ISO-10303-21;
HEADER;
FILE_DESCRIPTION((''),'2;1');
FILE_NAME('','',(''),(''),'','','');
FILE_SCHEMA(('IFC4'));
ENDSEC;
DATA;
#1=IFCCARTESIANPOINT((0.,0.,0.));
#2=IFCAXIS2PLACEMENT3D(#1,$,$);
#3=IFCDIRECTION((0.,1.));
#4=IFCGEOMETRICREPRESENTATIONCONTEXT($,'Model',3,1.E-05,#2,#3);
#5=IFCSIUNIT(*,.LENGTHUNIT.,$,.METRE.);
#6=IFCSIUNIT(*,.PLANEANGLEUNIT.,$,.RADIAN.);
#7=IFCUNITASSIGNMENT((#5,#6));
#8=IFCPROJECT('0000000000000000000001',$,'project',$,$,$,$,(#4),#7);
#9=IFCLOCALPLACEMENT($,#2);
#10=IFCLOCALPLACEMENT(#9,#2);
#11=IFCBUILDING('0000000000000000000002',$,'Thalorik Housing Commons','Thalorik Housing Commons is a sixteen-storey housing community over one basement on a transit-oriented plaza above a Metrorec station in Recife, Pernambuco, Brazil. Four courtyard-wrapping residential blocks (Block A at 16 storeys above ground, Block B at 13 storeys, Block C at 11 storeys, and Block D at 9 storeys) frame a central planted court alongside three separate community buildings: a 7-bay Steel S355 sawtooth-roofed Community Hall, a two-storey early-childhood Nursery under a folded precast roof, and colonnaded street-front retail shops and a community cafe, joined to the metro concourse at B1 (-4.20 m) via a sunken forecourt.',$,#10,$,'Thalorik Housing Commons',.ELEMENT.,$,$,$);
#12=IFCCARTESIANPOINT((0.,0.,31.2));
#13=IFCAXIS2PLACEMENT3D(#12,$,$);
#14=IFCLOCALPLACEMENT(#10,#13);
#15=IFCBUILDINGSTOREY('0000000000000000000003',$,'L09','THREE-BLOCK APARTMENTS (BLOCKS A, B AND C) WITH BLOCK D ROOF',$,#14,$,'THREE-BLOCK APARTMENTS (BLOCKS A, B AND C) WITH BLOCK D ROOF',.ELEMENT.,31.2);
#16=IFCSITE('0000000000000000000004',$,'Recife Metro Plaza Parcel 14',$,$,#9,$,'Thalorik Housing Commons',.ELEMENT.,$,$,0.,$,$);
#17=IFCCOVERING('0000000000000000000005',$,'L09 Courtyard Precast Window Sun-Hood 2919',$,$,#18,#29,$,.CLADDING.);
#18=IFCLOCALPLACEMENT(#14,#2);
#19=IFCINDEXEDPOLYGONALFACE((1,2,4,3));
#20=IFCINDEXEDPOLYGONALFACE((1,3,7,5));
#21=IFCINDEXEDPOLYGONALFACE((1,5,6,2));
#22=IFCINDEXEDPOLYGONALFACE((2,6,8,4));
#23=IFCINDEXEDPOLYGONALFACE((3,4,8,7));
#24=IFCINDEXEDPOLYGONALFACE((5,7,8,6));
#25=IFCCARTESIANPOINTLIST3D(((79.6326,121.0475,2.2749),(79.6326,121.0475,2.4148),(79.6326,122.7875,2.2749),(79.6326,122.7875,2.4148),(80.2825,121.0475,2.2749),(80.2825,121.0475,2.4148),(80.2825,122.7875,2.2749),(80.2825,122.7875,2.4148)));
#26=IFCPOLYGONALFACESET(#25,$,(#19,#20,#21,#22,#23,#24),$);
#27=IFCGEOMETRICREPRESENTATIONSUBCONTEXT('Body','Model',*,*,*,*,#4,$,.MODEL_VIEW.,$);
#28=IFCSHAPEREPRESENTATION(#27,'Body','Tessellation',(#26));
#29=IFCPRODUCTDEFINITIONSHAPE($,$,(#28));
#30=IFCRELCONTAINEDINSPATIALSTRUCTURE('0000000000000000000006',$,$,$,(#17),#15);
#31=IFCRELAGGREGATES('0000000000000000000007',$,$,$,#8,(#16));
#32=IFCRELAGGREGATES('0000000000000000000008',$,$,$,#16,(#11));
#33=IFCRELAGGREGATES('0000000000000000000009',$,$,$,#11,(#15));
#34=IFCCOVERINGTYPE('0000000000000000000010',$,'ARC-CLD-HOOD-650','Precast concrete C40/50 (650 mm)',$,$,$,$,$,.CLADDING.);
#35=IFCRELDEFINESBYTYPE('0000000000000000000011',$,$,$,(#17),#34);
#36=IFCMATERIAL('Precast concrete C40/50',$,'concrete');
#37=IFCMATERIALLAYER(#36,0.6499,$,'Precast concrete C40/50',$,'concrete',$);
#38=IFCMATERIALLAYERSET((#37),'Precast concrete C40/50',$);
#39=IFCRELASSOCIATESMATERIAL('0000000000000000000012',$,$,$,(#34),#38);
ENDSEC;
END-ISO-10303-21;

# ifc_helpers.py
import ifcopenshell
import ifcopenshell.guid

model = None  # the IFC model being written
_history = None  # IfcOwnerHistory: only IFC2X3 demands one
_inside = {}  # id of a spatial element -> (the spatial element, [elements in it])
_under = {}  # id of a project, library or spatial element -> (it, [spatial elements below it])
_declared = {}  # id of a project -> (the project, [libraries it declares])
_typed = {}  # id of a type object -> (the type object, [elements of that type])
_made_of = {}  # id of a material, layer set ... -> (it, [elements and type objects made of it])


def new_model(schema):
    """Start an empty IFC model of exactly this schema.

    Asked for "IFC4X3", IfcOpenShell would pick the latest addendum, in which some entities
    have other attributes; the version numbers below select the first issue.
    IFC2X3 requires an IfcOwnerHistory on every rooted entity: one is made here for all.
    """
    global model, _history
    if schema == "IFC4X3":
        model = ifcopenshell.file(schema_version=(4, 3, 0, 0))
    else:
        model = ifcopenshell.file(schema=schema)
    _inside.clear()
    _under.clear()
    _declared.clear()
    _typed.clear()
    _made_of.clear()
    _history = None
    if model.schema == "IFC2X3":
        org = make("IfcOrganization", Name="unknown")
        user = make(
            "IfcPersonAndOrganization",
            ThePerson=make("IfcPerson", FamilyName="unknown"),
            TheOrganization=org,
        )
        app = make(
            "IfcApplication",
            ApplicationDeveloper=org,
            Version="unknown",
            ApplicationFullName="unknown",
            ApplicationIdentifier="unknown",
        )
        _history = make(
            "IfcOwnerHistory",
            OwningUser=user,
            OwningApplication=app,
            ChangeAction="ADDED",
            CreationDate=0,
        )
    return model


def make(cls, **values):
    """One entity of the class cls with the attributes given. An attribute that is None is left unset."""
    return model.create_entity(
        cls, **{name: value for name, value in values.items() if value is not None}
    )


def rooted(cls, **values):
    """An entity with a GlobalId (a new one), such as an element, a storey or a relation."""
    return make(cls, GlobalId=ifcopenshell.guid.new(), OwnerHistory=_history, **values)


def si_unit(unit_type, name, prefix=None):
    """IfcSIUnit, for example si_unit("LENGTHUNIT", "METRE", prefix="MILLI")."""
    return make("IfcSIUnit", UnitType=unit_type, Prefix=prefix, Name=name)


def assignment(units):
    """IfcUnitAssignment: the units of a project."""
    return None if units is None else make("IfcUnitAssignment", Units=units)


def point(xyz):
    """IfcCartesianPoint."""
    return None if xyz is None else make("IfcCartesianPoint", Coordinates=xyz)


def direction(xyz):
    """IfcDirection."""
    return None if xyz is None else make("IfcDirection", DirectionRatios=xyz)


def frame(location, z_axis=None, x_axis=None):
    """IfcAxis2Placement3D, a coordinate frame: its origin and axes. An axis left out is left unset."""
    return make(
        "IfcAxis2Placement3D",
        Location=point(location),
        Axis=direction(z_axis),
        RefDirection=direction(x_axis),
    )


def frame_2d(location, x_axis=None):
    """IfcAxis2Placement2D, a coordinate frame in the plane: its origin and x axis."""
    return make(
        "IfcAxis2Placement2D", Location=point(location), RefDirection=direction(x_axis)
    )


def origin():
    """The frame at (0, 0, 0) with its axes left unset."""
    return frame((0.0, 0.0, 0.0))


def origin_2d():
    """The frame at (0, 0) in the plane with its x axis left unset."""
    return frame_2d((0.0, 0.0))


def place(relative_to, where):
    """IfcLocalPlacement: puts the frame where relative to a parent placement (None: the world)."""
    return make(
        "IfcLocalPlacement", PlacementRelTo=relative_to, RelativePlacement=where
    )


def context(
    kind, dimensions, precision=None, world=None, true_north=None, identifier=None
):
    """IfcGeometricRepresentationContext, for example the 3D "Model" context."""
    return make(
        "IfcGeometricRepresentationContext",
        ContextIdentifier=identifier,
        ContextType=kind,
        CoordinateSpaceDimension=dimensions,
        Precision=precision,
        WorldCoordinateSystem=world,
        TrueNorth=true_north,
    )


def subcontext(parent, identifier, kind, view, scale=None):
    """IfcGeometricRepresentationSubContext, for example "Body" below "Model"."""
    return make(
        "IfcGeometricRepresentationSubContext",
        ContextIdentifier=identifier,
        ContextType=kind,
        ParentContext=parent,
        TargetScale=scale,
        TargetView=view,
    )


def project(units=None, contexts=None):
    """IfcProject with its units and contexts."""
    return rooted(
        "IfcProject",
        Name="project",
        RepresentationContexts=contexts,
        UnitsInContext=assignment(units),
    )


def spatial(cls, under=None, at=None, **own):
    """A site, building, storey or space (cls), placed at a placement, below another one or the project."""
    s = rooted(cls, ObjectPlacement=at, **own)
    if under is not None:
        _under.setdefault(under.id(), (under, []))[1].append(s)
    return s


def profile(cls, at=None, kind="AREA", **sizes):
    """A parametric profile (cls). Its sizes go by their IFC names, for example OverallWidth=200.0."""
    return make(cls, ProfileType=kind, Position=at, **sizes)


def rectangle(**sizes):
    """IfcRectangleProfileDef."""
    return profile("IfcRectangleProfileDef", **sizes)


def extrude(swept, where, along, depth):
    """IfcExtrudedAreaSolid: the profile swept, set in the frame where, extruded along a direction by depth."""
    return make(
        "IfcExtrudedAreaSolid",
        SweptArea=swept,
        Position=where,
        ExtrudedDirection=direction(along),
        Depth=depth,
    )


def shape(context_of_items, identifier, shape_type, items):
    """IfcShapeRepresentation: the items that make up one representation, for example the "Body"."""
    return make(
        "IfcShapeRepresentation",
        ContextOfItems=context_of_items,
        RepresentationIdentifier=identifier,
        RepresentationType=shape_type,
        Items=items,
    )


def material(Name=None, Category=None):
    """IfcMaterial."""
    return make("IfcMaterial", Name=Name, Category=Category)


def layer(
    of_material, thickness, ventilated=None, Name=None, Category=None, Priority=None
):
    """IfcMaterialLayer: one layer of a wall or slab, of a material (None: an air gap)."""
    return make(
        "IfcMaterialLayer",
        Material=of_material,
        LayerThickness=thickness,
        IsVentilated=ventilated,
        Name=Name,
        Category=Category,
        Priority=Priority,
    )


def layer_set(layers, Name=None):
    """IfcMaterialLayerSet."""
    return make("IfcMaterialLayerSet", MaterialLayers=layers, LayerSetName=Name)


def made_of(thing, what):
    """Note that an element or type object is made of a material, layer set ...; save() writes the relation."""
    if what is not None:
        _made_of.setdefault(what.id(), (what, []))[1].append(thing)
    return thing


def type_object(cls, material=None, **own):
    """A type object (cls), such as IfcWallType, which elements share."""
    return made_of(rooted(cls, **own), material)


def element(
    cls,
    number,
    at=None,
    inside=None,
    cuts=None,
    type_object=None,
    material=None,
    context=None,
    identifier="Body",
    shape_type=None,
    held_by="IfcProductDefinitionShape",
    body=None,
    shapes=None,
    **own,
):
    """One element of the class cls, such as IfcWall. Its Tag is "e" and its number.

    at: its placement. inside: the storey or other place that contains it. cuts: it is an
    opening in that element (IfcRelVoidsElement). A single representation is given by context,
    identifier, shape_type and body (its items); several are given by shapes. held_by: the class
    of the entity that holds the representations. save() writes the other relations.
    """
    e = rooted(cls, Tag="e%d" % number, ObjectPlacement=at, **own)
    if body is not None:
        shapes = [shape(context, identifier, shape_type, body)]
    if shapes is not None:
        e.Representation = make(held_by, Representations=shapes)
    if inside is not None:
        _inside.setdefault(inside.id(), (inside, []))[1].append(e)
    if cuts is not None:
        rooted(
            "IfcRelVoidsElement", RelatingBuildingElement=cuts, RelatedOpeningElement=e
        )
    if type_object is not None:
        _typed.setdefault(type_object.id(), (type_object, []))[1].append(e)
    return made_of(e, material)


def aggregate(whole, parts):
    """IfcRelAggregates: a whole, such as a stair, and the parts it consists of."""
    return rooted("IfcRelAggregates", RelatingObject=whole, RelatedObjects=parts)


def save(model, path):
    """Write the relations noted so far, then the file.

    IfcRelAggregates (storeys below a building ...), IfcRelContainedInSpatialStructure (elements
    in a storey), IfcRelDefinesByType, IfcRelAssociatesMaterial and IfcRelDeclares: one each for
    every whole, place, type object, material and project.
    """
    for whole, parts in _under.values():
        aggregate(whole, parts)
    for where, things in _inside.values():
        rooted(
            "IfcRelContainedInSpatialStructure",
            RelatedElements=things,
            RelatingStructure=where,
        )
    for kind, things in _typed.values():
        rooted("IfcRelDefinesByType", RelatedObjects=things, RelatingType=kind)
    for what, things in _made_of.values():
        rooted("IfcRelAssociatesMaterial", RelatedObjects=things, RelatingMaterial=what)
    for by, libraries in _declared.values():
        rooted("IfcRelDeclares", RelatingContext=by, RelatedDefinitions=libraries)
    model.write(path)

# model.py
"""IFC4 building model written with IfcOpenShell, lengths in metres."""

from ifc_helpers import new_model, si_unit, direction, frame, origin, origin_2d, place, context, subcontext, project, spatial, rectangle, extrude, material, layer, layer_set, type_object, element, save


model = new_model("IFC4")

# Units and contexts
model_context = context("Model", 3, precision=1e-05, world=origin(), true_north=direction((0.0, 1.0)))
body_context = subcontext(model_context, "Body", "Model", "MODEL_VIEW")
ifc_project = project(units=[si_unit("LENGTHUNIT", "METRE"), si_unit("PLANEANGLEUNIT", "RADIAN")], contexts=[model_context])

# Site, building, storey
site_placement = place(None, origin())
site = spatial("IfcSite", under=ifc_project, at=site_placement, Name="Recife Metro Plaza Parcel 14", LongName="Thalorik Housing Commons", CompositionType="ELEMENT", RefElevation=0.0)
building_placement = place(site_placement, origin())
building = spatial("IfcBuilding", under=site, at=building_placement, Name="Thalorik Housing Commons", Description="Thalorik Housing Commons is a sixteen-storey housing community over one basement on a transit-oriented plaza above a Metrorec station in Recife, Pernambuco, Brazil. Four courtyard-wrapping residential blocks (Block A at 16 storeys above ground, Block B at 13 storeys, Block C at 11 storeys, and Block D at 9 storeys) frame a central planted court alongside three separate community buildings: a 7-bay Steel S355 sawtooth-roofed Community Hall, a two-storey early-childhood Nursery under a folded precast roof, and colonnaded street-front retail shops and a community cafe, joined to the metro concourse at B1 (-4.20 m) via a sunken forecourt.", LongName="Thalorik Housing Commons", CompositionType="ELEMENT")
storey_placement = place(building_placement, frame((0.0, 0.0, 31.2)))
storey = spatial("IfcBuildingStorey", under=building, at=storey_placement, Name="L09", Description="THREE-BLOCK APARTMENTS (BLOCKS A, B AND C) WITH BLOCK D ROOF", LongName="THREE-BLOCK APARTMENTS (BLOCKS A, B AND C) WITH BLOCK D ROOF", CompositionType="ELEMENT", Elevation=31.2)

# Shared definitions
ifc_material_1 = material(Name="Precast concrete C40/50", Category="concrete")

# Covering
ifc_layer_1 = layer(ifc_material_1, 0.6499, Name="Precast concrete C40/50", Category="concrete")
ifc_layer_set_1 = layer_set([ifc_layer_1], Name="Precast concrete C40/50")
covering_type = type_object("IfcCoveringType", Name="ARC-CLD-HOOD-650", Description="Precast concrete C40/50 (650 mm)", PredefinedType="CLADDING", material=ifc_layer_set_1)
covering_placement = place(storey_placement, frame((79.9575, 121.9175, 2.2749), z_axis=(0.0, 0.0, 1.0), x_axis=(0.0, -1.0, 0.0)))
element("IfcCovering", 1, at=covering_placement, inside=storey, type_object=covering_type, Name="L09 Courtyard Precast Window Sun-Hood 2919", PredefinedType="CLADDING", context=body_context, shape_type="SweptSolid", body=[
    extrude(rectangle(XDim=1.74, YDim=0.6499, at=origin_2d()), origin(), (0.0, 0.0, 1.0), 0.1399),
])

save(model, "model.ifc")
